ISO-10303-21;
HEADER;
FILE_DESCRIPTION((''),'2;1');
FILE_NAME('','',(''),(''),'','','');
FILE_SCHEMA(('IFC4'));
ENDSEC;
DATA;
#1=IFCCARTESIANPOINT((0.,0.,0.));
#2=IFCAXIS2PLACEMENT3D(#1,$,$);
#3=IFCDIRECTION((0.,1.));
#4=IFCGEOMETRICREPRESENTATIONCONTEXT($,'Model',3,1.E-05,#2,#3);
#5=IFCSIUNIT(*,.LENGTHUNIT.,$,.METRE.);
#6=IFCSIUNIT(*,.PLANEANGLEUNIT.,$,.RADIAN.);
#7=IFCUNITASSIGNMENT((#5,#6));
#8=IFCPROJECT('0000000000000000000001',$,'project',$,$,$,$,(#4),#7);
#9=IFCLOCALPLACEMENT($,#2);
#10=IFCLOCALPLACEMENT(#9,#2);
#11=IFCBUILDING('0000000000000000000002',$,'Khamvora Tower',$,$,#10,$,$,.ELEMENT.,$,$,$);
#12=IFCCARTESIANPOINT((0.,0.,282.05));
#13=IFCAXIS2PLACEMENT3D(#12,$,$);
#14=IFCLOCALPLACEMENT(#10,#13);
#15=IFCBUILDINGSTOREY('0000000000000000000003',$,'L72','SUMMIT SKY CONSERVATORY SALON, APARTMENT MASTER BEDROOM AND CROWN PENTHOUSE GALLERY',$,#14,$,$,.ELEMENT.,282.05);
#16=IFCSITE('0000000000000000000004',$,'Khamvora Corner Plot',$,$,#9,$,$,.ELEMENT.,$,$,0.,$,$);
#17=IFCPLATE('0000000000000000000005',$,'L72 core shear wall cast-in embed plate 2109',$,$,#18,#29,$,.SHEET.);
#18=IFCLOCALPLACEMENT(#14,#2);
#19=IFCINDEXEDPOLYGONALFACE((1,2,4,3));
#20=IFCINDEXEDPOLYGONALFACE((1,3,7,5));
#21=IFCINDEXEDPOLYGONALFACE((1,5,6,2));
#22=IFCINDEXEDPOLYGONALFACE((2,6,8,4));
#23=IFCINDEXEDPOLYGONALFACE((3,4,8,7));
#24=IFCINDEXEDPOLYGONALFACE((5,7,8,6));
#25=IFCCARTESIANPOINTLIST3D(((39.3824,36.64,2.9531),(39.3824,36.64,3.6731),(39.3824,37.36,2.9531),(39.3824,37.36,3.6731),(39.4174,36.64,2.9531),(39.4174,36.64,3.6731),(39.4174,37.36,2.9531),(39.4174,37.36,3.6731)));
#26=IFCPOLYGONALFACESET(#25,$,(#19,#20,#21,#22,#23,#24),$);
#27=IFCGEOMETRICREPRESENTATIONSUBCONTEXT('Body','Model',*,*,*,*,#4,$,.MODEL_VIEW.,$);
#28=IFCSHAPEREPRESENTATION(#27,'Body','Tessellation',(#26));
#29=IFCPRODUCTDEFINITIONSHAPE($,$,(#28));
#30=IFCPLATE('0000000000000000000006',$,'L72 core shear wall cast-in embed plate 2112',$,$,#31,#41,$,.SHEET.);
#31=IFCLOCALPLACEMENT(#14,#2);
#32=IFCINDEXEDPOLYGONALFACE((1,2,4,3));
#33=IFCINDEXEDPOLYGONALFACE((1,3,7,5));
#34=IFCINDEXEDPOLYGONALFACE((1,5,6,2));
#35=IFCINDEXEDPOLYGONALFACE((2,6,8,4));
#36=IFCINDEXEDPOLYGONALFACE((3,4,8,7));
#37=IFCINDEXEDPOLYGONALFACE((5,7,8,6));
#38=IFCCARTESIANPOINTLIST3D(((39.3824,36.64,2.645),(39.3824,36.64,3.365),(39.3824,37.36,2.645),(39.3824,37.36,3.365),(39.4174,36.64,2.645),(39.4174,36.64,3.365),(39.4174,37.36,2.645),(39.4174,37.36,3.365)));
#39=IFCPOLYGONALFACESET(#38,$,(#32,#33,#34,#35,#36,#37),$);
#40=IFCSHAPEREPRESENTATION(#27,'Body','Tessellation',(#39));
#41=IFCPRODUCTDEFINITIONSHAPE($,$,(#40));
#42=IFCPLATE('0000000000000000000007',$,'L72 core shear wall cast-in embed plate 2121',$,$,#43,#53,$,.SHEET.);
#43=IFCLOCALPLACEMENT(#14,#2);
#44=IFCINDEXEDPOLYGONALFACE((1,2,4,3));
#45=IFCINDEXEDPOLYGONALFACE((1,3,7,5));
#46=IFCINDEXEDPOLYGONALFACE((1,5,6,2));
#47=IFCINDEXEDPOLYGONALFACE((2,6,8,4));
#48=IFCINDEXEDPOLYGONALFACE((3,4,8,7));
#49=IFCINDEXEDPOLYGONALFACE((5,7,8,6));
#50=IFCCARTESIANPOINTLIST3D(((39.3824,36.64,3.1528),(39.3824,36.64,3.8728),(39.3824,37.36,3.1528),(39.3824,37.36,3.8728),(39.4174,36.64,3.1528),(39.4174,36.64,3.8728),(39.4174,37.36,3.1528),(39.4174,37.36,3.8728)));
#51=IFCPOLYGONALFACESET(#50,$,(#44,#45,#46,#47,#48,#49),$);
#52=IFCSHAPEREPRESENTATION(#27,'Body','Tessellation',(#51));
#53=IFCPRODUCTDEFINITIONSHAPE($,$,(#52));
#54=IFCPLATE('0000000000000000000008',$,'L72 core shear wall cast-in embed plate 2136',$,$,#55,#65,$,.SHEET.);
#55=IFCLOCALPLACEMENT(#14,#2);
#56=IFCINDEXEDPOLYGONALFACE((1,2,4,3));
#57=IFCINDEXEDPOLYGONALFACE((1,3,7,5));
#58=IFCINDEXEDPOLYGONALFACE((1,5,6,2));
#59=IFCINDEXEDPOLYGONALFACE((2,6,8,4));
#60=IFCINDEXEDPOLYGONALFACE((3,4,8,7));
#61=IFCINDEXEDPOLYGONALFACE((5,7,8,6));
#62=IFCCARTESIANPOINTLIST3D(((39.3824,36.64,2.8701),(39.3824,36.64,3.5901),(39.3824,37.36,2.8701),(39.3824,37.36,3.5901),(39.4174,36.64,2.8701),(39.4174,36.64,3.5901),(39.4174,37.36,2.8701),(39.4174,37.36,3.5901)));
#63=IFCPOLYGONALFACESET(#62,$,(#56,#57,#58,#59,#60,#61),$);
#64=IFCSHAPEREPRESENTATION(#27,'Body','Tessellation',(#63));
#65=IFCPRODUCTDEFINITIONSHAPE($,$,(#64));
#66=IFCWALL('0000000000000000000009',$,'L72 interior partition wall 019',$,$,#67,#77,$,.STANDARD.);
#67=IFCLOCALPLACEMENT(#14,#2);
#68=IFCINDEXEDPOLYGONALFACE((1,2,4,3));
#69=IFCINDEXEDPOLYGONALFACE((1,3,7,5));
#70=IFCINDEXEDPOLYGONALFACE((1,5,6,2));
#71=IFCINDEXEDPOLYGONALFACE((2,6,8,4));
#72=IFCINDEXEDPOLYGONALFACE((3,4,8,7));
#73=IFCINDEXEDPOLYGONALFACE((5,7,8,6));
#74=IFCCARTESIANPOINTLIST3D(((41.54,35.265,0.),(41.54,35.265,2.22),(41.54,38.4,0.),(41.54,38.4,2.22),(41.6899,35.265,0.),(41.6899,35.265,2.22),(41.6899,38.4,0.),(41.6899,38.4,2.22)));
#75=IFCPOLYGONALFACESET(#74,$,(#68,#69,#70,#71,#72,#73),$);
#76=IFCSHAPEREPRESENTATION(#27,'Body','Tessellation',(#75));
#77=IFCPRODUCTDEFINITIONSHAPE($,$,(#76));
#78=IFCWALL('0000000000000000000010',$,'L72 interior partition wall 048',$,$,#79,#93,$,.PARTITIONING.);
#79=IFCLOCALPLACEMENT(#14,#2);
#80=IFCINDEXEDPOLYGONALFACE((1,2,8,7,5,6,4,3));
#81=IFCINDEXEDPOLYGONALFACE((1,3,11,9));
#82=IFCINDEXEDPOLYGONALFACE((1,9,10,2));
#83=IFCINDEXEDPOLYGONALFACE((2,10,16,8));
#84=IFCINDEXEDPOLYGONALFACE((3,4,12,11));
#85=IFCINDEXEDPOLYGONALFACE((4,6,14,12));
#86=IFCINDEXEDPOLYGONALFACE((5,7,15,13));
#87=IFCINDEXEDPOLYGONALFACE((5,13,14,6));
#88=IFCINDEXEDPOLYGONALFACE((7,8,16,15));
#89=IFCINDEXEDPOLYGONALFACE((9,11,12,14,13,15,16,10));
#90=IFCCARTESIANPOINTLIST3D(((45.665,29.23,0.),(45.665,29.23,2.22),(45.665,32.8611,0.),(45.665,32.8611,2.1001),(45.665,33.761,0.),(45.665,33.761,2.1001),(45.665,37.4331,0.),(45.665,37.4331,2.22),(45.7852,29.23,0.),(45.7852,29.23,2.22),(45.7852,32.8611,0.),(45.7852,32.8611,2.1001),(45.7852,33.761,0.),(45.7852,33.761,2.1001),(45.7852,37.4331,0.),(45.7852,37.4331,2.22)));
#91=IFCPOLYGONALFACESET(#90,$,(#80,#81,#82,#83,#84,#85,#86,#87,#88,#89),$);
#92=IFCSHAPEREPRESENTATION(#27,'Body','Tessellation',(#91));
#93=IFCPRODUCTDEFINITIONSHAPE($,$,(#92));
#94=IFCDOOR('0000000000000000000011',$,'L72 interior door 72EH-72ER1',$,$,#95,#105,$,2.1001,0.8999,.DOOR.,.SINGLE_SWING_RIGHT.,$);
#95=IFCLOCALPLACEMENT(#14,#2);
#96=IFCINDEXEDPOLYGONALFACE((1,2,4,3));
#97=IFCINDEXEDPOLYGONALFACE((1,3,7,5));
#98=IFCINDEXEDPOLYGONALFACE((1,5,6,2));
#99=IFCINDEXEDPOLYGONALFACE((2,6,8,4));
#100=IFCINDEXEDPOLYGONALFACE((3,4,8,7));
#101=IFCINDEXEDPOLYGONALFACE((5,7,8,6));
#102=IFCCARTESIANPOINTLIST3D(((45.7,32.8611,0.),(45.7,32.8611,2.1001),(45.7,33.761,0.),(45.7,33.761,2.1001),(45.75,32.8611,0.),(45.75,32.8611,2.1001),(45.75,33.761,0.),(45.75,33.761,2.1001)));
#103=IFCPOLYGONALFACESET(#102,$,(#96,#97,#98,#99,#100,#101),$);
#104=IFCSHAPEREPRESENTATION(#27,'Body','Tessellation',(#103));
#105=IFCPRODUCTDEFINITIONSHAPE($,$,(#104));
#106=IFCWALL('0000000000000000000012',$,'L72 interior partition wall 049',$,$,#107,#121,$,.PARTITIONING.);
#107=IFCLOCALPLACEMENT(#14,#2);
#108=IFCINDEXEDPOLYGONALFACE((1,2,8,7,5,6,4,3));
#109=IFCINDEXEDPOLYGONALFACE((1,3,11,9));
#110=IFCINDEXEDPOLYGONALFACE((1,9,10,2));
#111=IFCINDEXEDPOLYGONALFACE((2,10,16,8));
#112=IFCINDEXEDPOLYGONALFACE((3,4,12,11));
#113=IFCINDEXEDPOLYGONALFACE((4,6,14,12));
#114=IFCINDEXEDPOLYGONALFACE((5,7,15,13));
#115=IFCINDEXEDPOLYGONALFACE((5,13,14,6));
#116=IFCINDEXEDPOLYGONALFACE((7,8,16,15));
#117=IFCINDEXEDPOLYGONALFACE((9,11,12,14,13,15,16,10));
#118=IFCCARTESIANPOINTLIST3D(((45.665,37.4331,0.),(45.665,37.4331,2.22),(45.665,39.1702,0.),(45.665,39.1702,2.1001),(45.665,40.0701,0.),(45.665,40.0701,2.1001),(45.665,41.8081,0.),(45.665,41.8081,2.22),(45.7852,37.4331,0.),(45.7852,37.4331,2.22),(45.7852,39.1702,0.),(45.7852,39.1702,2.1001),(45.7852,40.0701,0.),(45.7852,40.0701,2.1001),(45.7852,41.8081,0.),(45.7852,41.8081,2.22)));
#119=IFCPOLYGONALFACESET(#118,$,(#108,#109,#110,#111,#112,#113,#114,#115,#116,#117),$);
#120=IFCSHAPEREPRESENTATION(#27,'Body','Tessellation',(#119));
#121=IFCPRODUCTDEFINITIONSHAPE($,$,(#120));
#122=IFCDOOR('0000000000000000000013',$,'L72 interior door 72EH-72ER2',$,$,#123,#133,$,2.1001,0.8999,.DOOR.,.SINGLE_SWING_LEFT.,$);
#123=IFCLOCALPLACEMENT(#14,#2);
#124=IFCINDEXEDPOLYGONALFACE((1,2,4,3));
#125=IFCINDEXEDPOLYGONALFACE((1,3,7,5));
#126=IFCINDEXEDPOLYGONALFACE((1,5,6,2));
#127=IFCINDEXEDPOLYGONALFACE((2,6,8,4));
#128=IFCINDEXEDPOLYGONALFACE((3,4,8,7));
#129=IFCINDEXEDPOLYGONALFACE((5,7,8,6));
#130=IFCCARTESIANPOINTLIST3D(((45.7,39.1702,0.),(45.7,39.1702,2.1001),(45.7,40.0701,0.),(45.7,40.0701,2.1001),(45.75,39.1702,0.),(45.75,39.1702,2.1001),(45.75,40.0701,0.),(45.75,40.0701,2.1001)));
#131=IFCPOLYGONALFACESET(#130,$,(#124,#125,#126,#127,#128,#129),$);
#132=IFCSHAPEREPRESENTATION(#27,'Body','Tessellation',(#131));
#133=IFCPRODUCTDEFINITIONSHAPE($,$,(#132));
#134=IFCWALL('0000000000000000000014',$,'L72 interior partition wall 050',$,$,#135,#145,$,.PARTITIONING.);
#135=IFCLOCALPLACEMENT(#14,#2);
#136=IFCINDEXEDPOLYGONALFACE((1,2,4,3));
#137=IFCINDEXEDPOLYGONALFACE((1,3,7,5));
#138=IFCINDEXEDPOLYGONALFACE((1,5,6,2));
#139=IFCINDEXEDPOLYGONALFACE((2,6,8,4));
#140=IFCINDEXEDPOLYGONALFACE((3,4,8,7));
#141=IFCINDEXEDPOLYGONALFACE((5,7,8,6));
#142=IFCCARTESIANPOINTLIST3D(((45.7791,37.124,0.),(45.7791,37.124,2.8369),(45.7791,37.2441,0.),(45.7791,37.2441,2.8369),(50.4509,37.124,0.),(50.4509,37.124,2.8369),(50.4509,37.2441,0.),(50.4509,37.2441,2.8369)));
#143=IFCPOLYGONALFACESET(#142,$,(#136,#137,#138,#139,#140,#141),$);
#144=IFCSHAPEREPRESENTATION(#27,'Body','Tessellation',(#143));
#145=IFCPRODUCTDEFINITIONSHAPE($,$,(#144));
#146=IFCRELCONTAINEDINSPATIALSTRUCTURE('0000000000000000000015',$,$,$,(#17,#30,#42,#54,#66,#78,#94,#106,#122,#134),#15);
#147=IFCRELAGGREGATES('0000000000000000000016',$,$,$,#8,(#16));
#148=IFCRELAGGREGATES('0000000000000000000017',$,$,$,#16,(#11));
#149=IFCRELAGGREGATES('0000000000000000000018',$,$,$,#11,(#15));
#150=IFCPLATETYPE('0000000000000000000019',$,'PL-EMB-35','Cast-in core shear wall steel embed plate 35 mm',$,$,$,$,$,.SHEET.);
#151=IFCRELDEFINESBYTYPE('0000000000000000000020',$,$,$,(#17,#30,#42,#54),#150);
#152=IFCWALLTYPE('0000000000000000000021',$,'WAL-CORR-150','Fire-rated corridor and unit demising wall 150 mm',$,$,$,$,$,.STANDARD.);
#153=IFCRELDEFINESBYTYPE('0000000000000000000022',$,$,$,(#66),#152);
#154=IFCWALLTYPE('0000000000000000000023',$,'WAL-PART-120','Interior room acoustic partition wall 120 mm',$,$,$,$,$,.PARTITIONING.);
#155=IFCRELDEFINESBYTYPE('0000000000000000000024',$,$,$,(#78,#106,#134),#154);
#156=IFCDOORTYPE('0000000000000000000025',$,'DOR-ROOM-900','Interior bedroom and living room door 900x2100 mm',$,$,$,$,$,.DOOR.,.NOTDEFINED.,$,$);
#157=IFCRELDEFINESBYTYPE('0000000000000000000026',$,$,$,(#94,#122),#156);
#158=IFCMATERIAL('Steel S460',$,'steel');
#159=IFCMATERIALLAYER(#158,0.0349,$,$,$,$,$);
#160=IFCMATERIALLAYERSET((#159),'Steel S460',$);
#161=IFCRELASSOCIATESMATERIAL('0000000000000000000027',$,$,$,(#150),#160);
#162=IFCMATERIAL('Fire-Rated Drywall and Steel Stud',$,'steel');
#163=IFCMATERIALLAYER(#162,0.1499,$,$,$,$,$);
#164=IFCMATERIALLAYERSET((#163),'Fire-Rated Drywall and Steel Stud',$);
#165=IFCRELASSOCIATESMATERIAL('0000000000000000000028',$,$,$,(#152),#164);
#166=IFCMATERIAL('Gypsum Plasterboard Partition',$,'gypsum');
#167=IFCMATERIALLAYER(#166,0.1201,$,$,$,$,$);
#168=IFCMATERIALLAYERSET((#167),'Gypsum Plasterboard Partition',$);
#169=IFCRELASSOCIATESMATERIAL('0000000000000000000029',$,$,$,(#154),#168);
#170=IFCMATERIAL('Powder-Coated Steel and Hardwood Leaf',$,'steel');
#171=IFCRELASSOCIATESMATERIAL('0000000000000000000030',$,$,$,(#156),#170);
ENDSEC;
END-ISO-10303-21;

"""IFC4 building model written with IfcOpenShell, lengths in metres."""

from ifc_helpers import new_model, si_unit, direction, frame, frame_2d, origin, origin_2d, place, context, subcontext, project, spatial, rectangle, extrude, material, layer, layer_set, type_object, element, fill, save


model = new_model("IFC4")

# Units and contexts
model_context = context("Model", 3, precision=1e-05, world=origin(), true_north=direction((0.0, 1.0)))
body_context = subcontext(model_context, "Body", "Model", "MODEL_VIEW")
ifc_project = project(units=[si_unit("LENGTHUNIT", "METRE"), si_unit("PLANEANGLEUNIT", "RADIAN")], contexts=[model_context])

# Site, building, storey
site_placement = place(None, origin())
site = spatial("IfcSite", under=ifc_project, at=site_placement, Name="Khamvora Corner Plot", CompositionType="ELEMENT", RefElevation=0.0)
building_placement = place(site_placement, origin())
building = spatial("IfcBuilding", under=site, at=building_placement, Name="Khamvora Tower", CompositionType="ELEMENT")
storey_placement = place(building_placement, frame((0.0, 0.0, 282.05)))
storey = spatial("IfcBuildingStorey", under=building, at=storey_placement, Name="L72", Description="SUMMIT SKY CONSERVATORY SALON, APARTMENT MASTER BEDROOM AND CROWN PENTHOUSE GALLERY", CompositionType="ELEMENT", Elevation=282.05)

# Shared definitions
ifc_material_1 = material(Name="Steel S460", Category="steel")

# Plates
ifc_layer_1 = layer(ifc_material_1, 0.0349)
ifc_layer_set_1 = layer_set([ifc_layer_1], Name="Steel S460")
plate_type_1 = type_object("IfcPlateType", Name="PL-EMB-35", Description="Cast-in core shear wall steel embed plate 35 mm", PredefinedType="SHEET", material=ifc_layer_set_1)
for number, where, z_axis, x_axis, name in (
    (1, (39.3999, 37.0, 2.9531), (0.0, 0.0, 1.0), (1.0, 0.0, 0.0), "L72 core shear wall cast-in embed plate 2109"),
    (2, (39.3999, 37.0, 2.645), (0.0, 0.0, 1.0), (1.0, 0.0, 0.0), "L72 core shear wall cast-in embed plate 2112"),
    (3, (39.3999, 37.0, 3.1528), (0.0, 0.0, 1.0), (1.0, 0.0, 0.0), "L72 core shear wall cast-in embed plate 2121"),
    (4, (39.3999, 37.0, 2.8701), (0.0, 0.0, 1.0), (1.0, 0.0, 0.0), "L72 core shear wall cast-in embed plate 2136"),
):
    element("IfcPlate", number, at=place(storey_placement, frame(where, z_axis=z_axis, x_axis=x_axis)), inside=storey, type_object=plate_type_1, Name=name, PredefinedType="SHEET", context=body_context, shape_type="SweptSolid", body=[
        extrude(rectangle(XDim=0.0349, YDim=0.72, at=origin_2d()), origin(), (0.0, 0.0, 1.0), 0.72),
    ])

# Wall
ifc_material_2 = material(Name="Fire-Rated Drywall and Steel Stud", Category="steel")
ifc_layer_2 = layer(ifc_material_2, 0.1499)
ifc_layer_set_2 = layer_set([ifc_layer_2], Name="Fire-Rated Drywall and Steel Stud")
wall_type_1 = type_object("IfcWallType", Name="WAL-CORR-150", Description="Fire-rated corridor and unit demising wall 150 mm", PredefinedType="STANDARD", material=ifc_layer_set_2)
wall_1_placement = place(storey_placement, frame((41.615, 38.3999, 0.0), z_axis=(0.0, 0.0, 1.0), x_axis=(0.0, -1.0, 0.0)))
element("IfcWall", 5, at=wall_1_placement, inside=storey, type_object=wall_type_1, Name="L72 interior partition wall 019", PredefinedType="STANDARD", context=body_context, shape_type="SweptSolid", body=[
    extrude(rectangle(XDim=3.135, YDim=0.1499, at=frame_2d((1.5674, 0.0))), origin(), (0.0, 0.0, 1.0), 2.22),
])

# Walls, openings, doors
ifc_material_3 = material(Name="Gypsum Plasterboard Partition", Category="gypsum")
ifc_layer_3 = layer(ifc_material_3, 0.1201)
ifc_layer_set_3 = layer_set([ifc_layer_3], Name="Gypsum Plasterboard Partition")
wall_type_2 = type_object("IfcWallType", Name="WAL-PART-120", Description="Interior room acoustic partition wall 120 mm", PredefinedType="PARTITIONING", material=ifc_layer_set_3)
wall_2_placement = place(storey_placement, frame((45.7251, 37.4331, 0.0), z_axis=(0.0, 0.0, 1.0), x_axis=(0.0, -1.0, 0.0)))
wall_2 = element("IfcWall", 6, at=wall_2_placement, inside=storey, type_object=wall_type_2, Name="L72 interior partition wall 048", PredefinedType="PARTITIONING", context=body_context, shape_type="SweptSolid", body=[
    extrude(rectangle(XDim=8.2031, YDim=0.1201, at=frame_2d((4.1016, 0.0))), origin(), (0.0, 0.0, 1.0), 2.22),
])
opening_1_placement = place(wall_2_placement, frame((3.6721, 0.0, 0.0)))
opening_1 = element("IfcOpeningElement", 7, at=opening_1_placement, cuts=wall_2, PredefinedType="OPENING", context=body_context, shape_type="SweptSolid", body=[
    extrude(rectangle(XDim=0.8999, YDim=2.1001, at=frame_2d((0.45, 1.05))), frame((0.0, 0.0701, 0.0), z_axis=(0.0, -1.0, 0.0), x_axis=(1.0, 0.0, 0.0)), (0.0, 0.0, 1.0), 0.1401),
])
ifc_material_4 = material(Name="Powder-Coated Steel and Hardwood Leaf", Category="steel")
door_type = type_object("IfcDoorType", Name="DOR-ROOM-900", Description="Interior bedroom and living room door 900x2100 mm", OperationType="NOTDEFINED", PredefinedType="DOOR", material=ifc_material_4)
door_1_placement = place(opening_1_placement, origin())
door_1 = element("IfcDoor", 8, at=door_1_placement, inside=storey, type_object=door_type, Name="L72 interior door 72EH-72ER1", OperationType="SINGLE_SWING_RIGHT", OverallHeight=2.1001, OverallWidth=0.8999, PredefinedType="DOOR", context=body_context, shape_type="SweptSolid", body=[
    extrude(rectangle(XDim=0.8999, YDim=2.1001, at=frame_2d((0.45, 1.05))), frame((0.0, 0.0249, 0.0), z_axis=(0.0, -1.0, 0.0), x_axis=(1.0, 0.0, 0.0)), (0.0, 0.0, 1.0), 0.05),
])
fill(opening_1, door_1)
wall_3_placement = place(storey_placement, frame((45.7251, 41.8081, 0.0), z_axis=(0.0, 0.0, 1.0), x_axis=(0.0, -1.0, 0.0)))
wall_3 = element("IfcWall", 9, at=wall_3_placement, inside=storey, type_object=wall_type_2, Name="L72 interior partition wall 049", PredefinedType="PARTITIONING", context=body_context, shape_type="SweptSolid", body=[
    extrude(rectangle(XDim=4.375, YDim=0.1201, at=frame_2d((2.1875, 0.0))), origin(), (0.0, 0.0, 1.0), 2.22),
])
opening_2_placement = place(wall_3_placement, frame((1.738, 0.0, 0.0)))
opening_2 = element("IfcOpeningElement", 10, at=opening_2_placement, cuts=wall_3, PredefinedType="OPENING", context=body_context, shape_type="SweptSolid", body=[
    extrude(rectangle(XDim=0.8999, YDim=2.1001, at=frame_2d((0.45, 1.05))), frame((0.0, 0.0701, 0.0), z_axis=(0.0, -1.0, 0.0), x_axis=(1.0, 0.0, 0.0)), (0.0, 0.0, 1.0), 0.1401),
])
door_2_placement = place(opening_2_placement, origin())
door_2 = element("IfcDoor", 11, at=door_2_placement, inside=storey, type_object=door_type, Name="L72 interior door 72EH-72ER2", OperationType="SINGLE_SWING_LEFT", OverallHeight=2.1001, OverallWidth=0.8999, PredefinedType="DOOR", context=body_context, shape_type="SweptSolid", body=[
    extrude(rectangle(XDim=0.8999, YDim=2.1001, at=frame_2d((0.45, 1.05))), frame((0.0, 0.0249, 0.0), z_axis=(0.0, -1.0, 0.0), x_axis=(1.0, 0.0, 0.0)), (0.0, 0.0, 1.0), 0.05),
])
fill(opening_2, door_2)

# Wall
wall_4_placement = place(storey_placement, frame((45.7791, 37.1841, 0.0), z_axis=(0.0, 0.0, 1.0), x_axis=(1.0, 0.0, 0.0)))
element("IfcWall", 12, at=wall_4_placement, inside=storey, type_object=wall_type_2, Name="L72 interior partition wall 050", PredefinedType="PARTITIONING", context=body_context, shape_type="SweptSolid", body=[
    extrude(rectangle(XDim=4.6719, YDim=0.1201, at=frame_2d((2.3359, 0.0))), origin(), (0.0, 0.0, 1.0), 2.8369),
])

save(model, "model.ifc")
